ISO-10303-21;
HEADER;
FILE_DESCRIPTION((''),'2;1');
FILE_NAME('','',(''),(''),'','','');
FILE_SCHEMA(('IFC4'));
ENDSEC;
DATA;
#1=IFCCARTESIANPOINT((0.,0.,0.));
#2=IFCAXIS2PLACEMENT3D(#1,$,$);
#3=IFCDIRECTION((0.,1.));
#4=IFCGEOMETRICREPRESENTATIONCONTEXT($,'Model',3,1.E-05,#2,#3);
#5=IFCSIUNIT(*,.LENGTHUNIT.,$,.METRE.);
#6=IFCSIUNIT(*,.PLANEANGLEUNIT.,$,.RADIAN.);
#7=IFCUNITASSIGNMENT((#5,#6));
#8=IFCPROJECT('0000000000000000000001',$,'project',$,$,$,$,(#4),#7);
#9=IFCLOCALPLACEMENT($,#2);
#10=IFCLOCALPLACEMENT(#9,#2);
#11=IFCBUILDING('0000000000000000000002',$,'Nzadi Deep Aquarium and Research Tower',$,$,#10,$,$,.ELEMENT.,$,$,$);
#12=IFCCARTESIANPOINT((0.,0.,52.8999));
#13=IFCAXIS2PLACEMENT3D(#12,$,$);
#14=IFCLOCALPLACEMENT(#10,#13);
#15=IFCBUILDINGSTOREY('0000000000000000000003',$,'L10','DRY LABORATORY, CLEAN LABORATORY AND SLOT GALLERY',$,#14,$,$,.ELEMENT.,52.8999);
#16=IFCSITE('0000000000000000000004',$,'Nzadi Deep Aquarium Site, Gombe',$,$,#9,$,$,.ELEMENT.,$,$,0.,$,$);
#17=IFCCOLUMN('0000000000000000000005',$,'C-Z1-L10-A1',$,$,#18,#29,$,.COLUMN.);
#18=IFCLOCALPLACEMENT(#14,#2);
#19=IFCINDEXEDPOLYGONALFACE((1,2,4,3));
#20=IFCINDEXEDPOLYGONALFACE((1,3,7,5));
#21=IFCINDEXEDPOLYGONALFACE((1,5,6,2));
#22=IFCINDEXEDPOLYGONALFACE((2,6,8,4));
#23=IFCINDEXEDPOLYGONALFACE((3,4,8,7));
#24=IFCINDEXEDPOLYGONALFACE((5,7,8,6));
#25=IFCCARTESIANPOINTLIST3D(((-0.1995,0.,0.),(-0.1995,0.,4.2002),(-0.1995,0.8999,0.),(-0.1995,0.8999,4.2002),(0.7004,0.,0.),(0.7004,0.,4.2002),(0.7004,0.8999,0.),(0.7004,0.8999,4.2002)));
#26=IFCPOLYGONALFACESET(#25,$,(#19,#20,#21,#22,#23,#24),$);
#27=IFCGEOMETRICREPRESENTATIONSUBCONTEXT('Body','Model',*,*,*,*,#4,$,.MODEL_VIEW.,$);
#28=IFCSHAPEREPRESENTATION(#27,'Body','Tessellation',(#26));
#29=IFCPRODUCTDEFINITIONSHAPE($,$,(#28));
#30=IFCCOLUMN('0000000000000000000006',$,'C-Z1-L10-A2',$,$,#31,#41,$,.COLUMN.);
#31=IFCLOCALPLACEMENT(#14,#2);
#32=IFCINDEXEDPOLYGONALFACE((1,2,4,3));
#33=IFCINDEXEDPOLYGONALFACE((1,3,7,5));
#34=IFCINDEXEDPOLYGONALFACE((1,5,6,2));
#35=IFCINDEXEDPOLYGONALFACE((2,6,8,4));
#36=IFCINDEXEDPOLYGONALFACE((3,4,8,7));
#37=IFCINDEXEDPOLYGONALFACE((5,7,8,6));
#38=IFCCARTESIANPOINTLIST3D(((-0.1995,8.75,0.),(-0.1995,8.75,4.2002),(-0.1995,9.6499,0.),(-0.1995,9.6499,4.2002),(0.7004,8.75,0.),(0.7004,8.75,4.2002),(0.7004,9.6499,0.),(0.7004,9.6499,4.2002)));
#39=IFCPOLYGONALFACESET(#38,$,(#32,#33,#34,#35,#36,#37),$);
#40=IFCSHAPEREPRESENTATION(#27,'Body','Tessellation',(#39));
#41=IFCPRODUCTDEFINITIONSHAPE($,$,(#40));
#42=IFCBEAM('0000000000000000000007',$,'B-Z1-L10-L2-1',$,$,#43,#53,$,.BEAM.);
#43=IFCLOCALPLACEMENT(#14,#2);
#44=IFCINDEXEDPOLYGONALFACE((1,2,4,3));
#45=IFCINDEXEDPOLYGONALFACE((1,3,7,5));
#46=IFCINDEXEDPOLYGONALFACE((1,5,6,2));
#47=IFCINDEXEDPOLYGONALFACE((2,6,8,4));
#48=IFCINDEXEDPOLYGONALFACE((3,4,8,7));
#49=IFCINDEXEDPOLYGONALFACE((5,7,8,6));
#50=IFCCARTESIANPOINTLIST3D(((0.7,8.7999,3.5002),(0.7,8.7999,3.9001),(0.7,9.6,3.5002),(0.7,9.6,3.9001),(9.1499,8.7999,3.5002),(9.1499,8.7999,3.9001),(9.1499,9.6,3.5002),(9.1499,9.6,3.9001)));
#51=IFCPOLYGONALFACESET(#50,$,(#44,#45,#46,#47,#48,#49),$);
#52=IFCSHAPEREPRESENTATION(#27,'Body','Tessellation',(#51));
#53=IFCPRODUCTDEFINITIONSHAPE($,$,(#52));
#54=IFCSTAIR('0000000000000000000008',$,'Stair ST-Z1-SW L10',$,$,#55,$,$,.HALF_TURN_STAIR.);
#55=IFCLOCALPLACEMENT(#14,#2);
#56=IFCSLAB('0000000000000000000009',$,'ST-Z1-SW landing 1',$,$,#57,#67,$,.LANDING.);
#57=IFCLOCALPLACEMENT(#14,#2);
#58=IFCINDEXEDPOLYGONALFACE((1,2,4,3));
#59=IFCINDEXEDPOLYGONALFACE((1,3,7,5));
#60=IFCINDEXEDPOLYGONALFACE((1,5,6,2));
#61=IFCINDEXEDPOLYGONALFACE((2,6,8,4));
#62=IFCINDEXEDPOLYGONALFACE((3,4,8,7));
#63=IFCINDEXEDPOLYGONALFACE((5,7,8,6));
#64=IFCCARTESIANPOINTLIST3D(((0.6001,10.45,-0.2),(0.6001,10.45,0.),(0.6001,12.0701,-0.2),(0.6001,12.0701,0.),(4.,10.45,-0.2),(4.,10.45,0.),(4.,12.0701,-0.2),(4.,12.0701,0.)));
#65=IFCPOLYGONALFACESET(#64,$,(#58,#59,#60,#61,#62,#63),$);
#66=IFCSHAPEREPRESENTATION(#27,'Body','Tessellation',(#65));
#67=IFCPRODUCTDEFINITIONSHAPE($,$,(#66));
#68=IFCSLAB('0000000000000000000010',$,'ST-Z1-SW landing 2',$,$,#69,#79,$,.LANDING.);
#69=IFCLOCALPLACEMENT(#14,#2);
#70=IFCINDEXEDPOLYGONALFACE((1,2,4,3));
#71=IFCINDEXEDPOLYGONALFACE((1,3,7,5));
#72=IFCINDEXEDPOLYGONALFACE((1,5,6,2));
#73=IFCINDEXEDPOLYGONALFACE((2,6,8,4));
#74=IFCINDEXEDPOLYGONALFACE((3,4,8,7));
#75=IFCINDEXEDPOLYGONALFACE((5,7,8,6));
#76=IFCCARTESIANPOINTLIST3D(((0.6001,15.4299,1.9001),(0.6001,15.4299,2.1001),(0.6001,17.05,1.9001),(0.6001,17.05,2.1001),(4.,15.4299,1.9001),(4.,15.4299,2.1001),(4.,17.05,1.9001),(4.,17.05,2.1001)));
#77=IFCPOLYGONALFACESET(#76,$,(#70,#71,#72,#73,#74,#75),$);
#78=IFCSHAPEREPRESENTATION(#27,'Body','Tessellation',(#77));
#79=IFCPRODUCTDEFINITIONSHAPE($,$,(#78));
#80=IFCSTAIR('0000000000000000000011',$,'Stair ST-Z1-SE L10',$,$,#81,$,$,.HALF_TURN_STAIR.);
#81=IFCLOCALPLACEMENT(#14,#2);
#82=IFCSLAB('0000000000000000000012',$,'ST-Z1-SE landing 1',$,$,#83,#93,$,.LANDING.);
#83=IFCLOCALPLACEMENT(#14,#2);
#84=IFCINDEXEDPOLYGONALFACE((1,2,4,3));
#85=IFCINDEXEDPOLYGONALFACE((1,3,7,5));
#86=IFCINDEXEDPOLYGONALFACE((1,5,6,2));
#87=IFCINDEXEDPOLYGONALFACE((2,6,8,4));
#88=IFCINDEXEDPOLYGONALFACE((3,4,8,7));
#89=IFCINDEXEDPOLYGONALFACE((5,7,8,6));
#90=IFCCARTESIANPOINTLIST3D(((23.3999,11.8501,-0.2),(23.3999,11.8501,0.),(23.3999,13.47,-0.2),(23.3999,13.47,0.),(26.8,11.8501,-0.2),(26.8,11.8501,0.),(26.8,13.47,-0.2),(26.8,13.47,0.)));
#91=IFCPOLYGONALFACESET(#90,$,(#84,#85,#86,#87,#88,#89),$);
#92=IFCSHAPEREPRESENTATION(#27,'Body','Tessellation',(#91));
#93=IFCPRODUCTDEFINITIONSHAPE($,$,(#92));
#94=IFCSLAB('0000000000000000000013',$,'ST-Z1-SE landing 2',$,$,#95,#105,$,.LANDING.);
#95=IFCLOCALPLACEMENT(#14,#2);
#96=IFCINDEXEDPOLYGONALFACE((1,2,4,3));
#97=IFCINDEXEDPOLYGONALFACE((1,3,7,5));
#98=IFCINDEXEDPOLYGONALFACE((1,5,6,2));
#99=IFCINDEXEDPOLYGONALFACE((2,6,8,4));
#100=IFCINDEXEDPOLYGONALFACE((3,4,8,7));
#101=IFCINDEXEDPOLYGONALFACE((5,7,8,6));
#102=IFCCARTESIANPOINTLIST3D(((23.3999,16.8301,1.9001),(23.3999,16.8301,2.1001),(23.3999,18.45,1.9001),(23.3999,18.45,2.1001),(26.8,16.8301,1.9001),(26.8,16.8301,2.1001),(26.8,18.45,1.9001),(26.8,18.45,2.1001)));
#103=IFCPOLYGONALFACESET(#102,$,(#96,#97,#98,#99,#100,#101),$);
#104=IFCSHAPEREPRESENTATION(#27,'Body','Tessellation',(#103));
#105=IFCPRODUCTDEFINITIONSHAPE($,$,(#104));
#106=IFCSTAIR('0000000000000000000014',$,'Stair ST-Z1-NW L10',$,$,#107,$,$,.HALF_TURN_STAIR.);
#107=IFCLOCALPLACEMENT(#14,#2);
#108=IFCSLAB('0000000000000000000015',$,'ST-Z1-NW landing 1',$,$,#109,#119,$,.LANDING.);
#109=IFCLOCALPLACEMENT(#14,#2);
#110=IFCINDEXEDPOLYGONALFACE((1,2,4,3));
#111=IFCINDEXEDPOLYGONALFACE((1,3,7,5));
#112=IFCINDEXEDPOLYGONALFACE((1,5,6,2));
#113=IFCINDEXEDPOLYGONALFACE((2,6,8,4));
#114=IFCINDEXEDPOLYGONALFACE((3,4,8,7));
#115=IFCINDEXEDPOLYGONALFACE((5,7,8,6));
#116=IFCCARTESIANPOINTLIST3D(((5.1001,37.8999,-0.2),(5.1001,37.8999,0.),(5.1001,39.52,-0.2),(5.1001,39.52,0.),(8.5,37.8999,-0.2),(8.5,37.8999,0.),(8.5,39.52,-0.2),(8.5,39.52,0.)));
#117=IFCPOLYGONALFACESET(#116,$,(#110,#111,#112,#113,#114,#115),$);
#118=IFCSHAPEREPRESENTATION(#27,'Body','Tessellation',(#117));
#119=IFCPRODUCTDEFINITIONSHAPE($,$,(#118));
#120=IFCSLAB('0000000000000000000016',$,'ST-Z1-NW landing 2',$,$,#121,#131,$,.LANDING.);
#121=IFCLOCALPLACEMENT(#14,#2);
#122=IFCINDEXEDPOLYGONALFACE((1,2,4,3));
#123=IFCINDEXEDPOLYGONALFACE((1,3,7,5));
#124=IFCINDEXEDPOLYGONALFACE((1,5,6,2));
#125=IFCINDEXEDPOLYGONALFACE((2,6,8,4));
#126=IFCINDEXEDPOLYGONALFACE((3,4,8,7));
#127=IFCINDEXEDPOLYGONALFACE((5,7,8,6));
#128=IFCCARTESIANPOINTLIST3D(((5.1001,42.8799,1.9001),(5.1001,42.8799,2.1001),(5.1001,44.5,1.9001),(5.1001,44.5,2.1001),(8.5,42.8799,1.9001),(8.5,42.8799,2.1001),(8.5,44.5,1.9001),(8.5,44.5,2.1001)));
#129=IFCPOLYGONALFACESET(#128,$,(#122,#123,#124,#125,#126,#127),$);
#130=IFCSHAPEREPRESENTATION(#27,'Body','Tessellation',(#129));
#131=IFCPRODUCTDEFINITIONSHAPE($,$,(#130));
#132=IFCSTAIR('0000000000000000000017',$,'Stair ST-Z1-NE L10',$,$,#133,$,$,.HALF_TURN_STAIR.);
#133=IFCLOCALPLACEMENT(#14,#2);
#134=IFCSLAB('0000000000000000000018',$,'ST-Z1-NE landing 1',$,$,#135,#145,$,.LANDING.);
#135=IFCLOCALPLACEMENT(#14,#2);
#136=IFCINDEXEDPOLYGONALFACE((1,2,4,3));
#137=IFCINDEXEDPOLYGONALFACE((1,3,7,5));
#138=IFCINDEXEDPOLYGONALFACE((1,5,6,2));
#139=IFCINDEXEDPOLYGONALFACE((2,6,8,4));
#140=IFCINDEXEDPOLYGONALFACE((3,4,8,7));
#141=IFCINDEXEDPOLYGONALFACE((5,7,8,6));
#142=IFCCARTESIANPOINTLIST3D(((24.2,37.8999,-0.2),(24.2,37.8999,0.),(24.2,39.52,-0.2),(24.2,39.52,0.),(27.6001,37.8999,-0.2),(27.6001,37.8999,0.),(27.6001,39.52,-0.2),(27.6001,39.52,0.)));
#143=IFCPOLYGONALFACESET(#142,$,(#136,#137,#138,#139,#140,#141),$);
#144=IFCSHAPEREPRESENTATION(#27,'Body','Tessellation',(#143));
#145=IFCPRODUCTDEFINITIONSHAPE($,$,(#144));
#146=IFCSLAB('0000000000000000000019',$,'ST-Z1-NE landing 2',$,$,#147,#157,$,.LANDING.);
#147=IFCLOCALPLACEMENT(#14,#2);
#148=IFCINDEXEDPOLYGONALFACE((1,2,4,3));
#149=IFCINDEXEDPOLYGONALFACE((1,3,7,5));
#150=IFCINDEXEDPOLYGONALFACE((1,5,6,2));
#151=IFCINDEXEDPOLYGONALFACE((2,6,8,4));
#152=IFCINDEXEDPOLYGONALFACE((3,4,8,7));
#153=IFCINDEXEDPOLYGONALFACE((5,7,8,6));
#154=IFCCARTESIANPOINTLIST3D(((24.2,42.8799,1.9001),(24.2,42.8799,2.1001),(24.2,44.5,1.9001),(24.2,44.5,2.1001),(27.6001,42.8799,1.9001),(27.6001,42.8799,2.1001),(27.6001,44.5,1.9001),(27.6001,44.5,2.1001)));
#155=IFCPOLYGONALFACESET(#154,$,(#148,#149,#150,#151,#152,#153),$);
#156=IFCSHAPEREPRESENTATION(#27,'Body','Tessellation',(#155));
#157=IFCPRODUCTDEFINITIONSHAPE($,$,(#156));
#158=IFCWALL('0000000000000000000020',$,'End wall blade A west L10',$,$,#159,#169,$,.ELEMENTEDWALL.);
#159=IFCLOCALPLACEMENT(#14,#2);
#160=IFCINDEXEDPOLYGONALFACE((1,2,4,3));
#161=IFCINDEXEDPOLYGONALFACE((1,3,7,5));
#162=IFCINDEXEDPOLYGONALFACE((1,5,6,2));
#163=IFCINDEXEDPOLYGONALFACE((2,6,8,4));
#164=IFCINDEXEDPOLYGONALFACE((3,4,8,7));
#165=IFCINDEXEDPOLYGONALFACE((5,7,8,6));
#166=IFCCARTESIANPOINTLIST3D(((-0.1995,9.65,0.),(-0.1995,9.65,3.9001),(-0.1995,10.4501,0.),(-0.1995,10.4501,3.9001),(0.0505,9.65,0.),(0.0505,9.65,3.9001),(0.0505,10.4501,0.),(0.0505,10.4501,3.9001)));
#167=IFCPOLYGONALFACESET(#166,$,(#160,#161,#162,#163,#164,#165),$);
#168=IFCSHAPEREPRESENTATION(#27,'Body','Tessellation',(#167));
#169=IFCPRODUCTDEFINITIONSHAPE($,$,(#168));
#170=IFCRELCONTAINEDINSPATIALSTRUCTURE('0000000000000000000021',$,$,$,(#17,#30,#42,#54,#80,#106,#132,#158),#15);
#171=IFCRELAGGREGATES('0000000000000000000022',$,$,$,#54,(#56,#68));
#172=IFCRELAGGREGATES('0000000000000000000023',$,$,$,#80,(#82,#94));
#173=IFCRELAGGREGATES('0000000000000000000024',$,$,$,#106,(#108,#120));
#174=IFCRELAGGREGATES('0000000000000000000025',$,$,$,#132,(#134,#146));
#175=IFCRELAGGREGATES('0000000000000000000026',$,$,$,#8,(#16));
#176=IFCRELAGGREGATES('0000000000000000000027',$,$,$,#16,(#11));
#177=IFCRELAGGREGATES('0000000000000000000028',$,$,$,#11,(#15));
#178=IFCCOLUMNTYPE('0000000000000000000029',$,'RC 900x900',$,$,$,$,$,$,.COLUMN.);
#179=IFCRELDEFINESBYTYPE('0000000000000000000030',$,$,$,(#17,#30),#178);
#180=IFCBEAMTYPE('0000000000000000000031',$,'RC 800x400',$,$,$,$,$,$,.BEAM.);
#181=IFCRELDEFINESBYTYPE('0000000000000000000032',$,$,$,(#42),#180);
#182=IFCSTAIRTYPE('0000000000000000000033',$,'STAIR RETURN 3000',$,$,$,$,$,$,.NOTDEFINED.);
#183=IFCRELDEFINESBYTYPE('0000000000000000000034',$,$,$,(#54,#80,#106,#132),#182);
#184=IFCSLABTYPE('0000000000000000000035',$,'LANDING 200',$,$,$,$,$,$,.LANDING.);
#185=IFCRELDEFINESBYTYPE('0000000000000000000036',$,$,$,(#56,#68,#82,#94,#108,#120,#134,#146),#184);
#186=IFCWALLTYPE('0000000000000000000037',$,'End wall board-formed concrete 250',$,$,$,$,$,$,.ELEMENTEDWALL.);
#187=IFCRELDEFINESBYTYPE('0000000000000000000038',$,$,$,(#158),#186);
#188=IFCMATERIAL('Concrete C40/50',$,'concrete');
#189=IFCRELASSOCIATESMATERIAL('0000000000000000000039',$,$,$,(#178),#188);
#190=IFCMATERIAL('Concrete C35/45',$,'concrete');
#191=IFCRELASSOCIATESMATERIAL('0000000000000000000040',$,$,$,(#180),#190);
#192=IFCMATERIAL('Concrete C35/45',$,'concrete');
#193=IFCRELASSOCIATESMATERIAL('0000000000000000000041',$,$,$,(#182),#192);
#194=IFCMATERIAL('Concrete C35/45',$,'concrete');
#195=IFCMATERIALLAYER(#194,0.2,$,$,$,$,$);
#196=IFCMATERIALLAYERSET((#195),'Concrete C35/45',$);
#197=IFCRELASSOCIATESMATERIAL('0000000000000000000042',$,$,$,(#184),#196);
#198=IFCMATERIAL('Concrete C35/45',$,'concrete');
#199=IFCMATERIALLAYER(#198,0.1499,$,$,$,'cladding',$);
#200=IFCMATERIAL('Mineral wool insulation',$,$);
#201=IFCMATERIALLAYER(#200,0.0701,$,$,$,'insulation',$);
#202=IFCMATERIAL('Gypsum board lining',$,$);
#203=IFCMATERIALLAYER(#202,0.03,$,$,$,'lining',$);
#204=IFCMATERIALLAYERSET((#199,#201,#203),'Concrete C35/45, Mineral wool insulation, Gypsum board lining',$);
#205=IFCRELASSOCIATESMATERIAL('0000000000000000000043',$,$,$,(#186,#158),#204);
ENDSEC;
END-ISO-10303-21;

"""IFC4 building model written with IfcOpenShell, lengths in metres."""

from ifc_helpers import new_model, si_unit, direction, frame, frame_2d, origin, origin_2d, place, context, subcontext, project, spatial, polyline, rectangle, outline, extrude, material, layer, layer_set, layer_usage, material_profile, profile_set, type_object, element, aggregate, save


model = new_model("IFC4")

# Units and contexts
model_context = context("Model", 3, precision=1e-05, world=origin(), true_north=direction((0.0, 1.0)))
body_context = subcontext(model_context, "Body", "Model", "MODEL_VIEW")
ifc_project = project(units=[si_unit("LENGTHUNIT", "METRE"), si_unit("PLANEANGLEUNIT", "RADIAN")], contexts=[model_context])

# Site, building, storey
site_placement = place(None, origin())
site = spatial("IfcSite", under=ifc_project, at=site_placement, Name="Nzadi Deep Aquarium Site, Gombe", CompositionType="ELEMENT", RefElevation=0.0)
building_placement = place(site_placement, origin())
building = spatial("IfcBuilding", under=site, at=building_placement, Name="Nzadi Deep Aquarium and Research Tower", CompositionType="ELEMENT")
storey_placement = place(building_placement, frame((0.0, 0.0, 52.8999)))
storey = spatial("IfcBuildingStorey", under=building, at=storey_placement, Name="L10", Description="DRY LABORATORY, CLEAN LABORATORY AND SLOT GALLERY", CompositionType="ELEMENT", Elevation=52.8999)

# Columns
ifc_material_1 = material(Name="Concrete C40/50", Category="concrete")
ifc_material_profile_1 = material_profile(ifc_material_1, rectangle(XDim=0.8999, YDim=0.8999, at=origin_2d()))
ifc_profile_set_1 = profile_set([ifc_material_profile_1], Name="Concrete C40/50")
column_type = type_object("IfcColumnType", Name="RC 900x900", PredefinedType="COLUMN", material=ifc_profile_set_1)
for number, where, z_axis, x_axis, name in (
    (1, (0.2505, 0.45, 0.0), (0.0, 0.0, 1.0), (1.0, 0.0, 0.0), "C-Z1-L10-A1"),
    (2, (0.2505, 9.2, 0.0), (0.0, 0.0, 1.0), (1.0, 0.0, 0.0), "C-Z1-L10-A2"),
):
    element("IfcColumn", number, at=place(storey_placement, frame(where, z_axis=z_axis, x_axis=x_axis)), inside=storey, type_object=column_type, Name=name, PredefinedType="COLUMN", context=body_context, shape_type="SweptSolid", body=[
        extrude(rectangle(XDim=0.8999, YDim=0.8999, at=origin_2d()), origin(), (0.0, 0.0, 1.0), 4.2002),
    ])

# Beam
ifc_material_2 = material(Name="Concrete C35/45", Category="concrete")
ifc_material_profile_2 = material_profile(ifc_material_2, rectangle(XDim=0.8, YDim=0.3999, at=origin_2d()))
ifc_profile_set_2 = profile_set([ifc_material_profile_2], Name="Concrete C35/45")
beam_type = type_object("IfcBeamType", Name="RC 800x400", PredefinedType="BEAM", material=ifc_profile_set_2)
beam_placement = place(storey_placement, frame((0.7, 9.2, 3.7002), z_axis=(1.0, 0.0, 0.0), x_axis=(0.0, 1.0, 0.0)))
element("IfcBeam", 3, at=beam_placement, inside=storey, type_object=beam_type, Name="B-Z1-L10-L2-1", PredefinedType="BEAM", context=body_context, shape_type="SweptSolid", body=[
    extrude(rectangle(XDim=0.8, YDim=0.3999, at=origin_2d()), origin(), (0.0, 0.0, 1.0), 8.45),
])

# Stairs, slabs
ifc_material_3 = material(Name="Concrete C35/45", Category="concrete")
stair_type = type_object("IfcStairType", Name="STAIR RETURN 3000", PredefinedType="NOTDEFINED", material=ifc_material_3)
stair_1_placement = place(storey_placement, origin())
stair_1 = element("IfcStair", 4, at=stair_1_placement, inside=storey, type_object=stair_type, Name="Stair ST-Z1-SW L10", PredefinedType="HALF_TURN_STAIR")
ifc_material_4 = material(Name="Concrete C35/45", Category="concrete")
ifc_layer_1 = layer(ifc_material_4, 0.2)
ifc_layer_set_1 = layer_set([ifc_layer_1], Name="Concrete C35/45")
slab_type = type_object("IfcSlabType", Name="LANDING 200", PredefinedType="LANDING", material=ifc_layer_set_1)
slab_1_placement = place(storey_placement, frame((0.0, 0.0, -0.2)))
slab_1 = element("IfcSlab", 5, at=slab_1_placement, type_object=slab_type, Name="ST-Z1-SW landing 1", PredefinedType="LANDING", context=body_context, shape_type="SweptSolid", body=[
    extrude(outline(polyline([(0.6001, 10.45), (4.0, 10.45), (4.0, 12.0701), (0.6001, 12.0701), (0.6001, 10.45)])), origin(), (0.0, 0.0, 1.0), 0.2),
])
slab_2_placement = place(storey_placement, frame((0.0, 0.0, 1.9001)))
slab_2 = element("IfcSlab", 6, at=slab_2_placement, type_object=slab_type, Name="ST-Z1-SW landing 2", PredefinedType="LANDING", context=body_context, shape_type="SweptSolid", body=[
    extrude(outline(polyline([(0.6001, 15.4299), (4.0, 15.4299), (4.0, 17.05), (0.6001, 17.05), (0.6001, 15.4299)])), origin(), (0.0, 0.0, 1.0), 0.2),
])
aggregate(stair_1, [slab_1, slab_2])
stair_2_placement = place(storey_placement, origin())
stair_2 = element("IfcStair", 7, at=stair_2_placement, inside=storey, type_object=stair_type, Name="Stair ST-Z1-SE L10", PredefinedType="HALF_TURN_STAIR")
slab_3_placement = place(storey_placement, frame((0.0, 0.0, -0.2)))
slab_3 = element("IfcSlab", 8, at=slab_3_placement, type_object=slab_type, Name="ST-Z1-SE landing 1", PredefinedType="LANDING", context=body_context, shape_type="SweptSolid", body=[
    extrude(outline(polyline([(23.3999, 11.8501), (26.8, 11.8501), (26.8, 13.47), (23.3999, 13.47), (23.3999, 11.8501)])), origin(), (0.0, 0.0, 1.0), 0.2),
])
slab_4_placement = place(storey_placement, frame((0.0, 0.0, 1.9001)))
slab_4 = element("IfcSlab", 9, at=slab_4_placement, type_object=slab_type, Name="ST-Z1-SE landing 2", PredefinedType="LANDING", context=body_context, shape_type="SweptSolid", body=[
    extrude(outline(polyline([(23.3999, 16.8301), (26.8, 16.8301), (26.8, 18.45), (23.3999, 18.45), (23.3999, 16.8301)])), origin(), (0.0, 0.0, 1.0), 0.2),
])
aggregate(stair_2, [slab_3, slab_4])
stair_3_placement = place(storey_placement, origin())
stair_3 = element("IfcStair", 10, at=stair_3_placement, inside=storey, type_object=stair_type, Name="Stair ST-Z1-NW L10", PredefinedType="HALF_TURN_STAIR")
slab_5_placement = place(storey_placement, frame((0.0, 0.0, -0.2)))
slab_5 = element("IfcSlab", 11, at=slab_5_placement, type_object=slab_type, Name="ST-Z1-NW landing 1", PredefinedType="LANDING", context=body_context, shape_type="SweptSolid", body=[
    extrude(outline(polyline([(5.1001, 37.8999), (8.5, 37.8999), (8.5, 39.52), (5.1001, 39.52), (5.1001, 37.8999)])), origin(), (0.0, 0.0, 1.0), 0.2),
])
slab_6_placement = place(storey_placement, frame((0.0, 0.0, 1.9001)))
slab_6 = element("IfcSlab", 12, at=slab_6_placement, type_object=slab_type, Name="ST-Z1-NW landing 2", PredefinedType="LANDING", context=body_context, shape_type="SweptSolid", body=[
    extrude(outline(polyline([(5.1001, 42.8799), (8.5, 42.8799), (8.5, 44.5), (5.1001, 44.5), (5.1001, 42.8799)])), origin(), (0.0, 0.0, 1.0), 0.2),
])
aggregate(stair_3, [slab_5, slab_6])
stair_4_placement = place(storey_placement, origin())
stair_4 = element("IfcStair", 13, at=stair_4_placement, inside=storey, type_object=stair_type, Name="Stair ST-Z1-NE L10", PredefinedType="HALF_TURN_STAIR")
slab_7_placement = place(storey_placement, frame((0.0, 0.0, -0.2)))
slab_7 = element("IfcSlab", 14, at=slab_7_placement, type_object=slab_type, Name="ST-Z1-NE landing 1", PredefinedType="LANDING", context=body_context, shape_type="SweptSolid", body=[
    extrude(outline(polyline([(24.2, 37.8999), (27.6001, 37.8999), (27.6001, 39.52), (24.2, 39.52), (24.2, 37.8999)])), origin(), (0.0, 0.0, 1.0), 0.2),
])
slab_8_placement = place(storey_placement, frame((0.0, 0.0, 1.9001)))
slab_8 = element("IfcSlab", 15, at=slab_8_placement, type_object=slab_type, Name="ST-Z1-NE landing 2", PredefinedType="LANDING", context=body_context, shape_type="SweptSolid", body=[
    extrude(outline(polyline([(24.2, 42.8799), (27.6001, 42.8799), (27.6001, 44.5), (24.2, 44.5), (24.2, 42.8799)])), origin(), (0.0, 0.0, 1.0), 0.2),
])
aggregate(stair_4, [slab_7, slab_8])

# Wall
ifc_material_5 = material(Name="Concrete C35/45", Category="concrete")
ifc_layer_2 = layer(ifc_material_5, 0.1499, Category="cladding")
ifc_material_6 = material(Name="Mineral wool insulation")
ifc_layer_3 = layer(ifc_material_6, 0.0701, Category="insulation")
ifc_material_7 = material(Name="Gypsum board lining")
ifc_layer_4 = layer(ifc_material_7, 0.03, Category="lining")
ifc_layer_set_2 = layer_set([ifc_layer_2, ifc_layer_3, ifc_layer_4], Name="Concrete C35/45, Mineral wool insulation, Gypsum board lining")
ifc_layer_usage_1 = layer_usage(ifc_layer_set_2, "AXIS2", "POSITIVE", -0.125)
wall_type_1 = type_object("IfcWallType", Name="End wall board-formed concrete 250", PredefinedType="ELEMENTEDWALL", material=ifc_layer_set_2)
wall_1_placement = place(storey_placement, frame((-0.0745, 10.45, 0.0), z_axis=(0.0, 0.0, 1.0), x_axis=(0.0, -1.0, 0.0)))
element("IfcWall", 16, at=wall_1_placement, inside=storey, type_object=wall_type_1, material=ifc_layer_usage_1, Name="End wall blade A west L10", PredefinedType="ELEMENTEDWALL", context=body_context, shape_type="SweptSolid", body=[
    extrude(rectangle(XDim=0.8, YDim=0.25, at=frame_2d((0.3999, 0.0))), origin(), (0.0, 0.0, 1.0), 3.9001),
])

save(model, "model.ifc")
